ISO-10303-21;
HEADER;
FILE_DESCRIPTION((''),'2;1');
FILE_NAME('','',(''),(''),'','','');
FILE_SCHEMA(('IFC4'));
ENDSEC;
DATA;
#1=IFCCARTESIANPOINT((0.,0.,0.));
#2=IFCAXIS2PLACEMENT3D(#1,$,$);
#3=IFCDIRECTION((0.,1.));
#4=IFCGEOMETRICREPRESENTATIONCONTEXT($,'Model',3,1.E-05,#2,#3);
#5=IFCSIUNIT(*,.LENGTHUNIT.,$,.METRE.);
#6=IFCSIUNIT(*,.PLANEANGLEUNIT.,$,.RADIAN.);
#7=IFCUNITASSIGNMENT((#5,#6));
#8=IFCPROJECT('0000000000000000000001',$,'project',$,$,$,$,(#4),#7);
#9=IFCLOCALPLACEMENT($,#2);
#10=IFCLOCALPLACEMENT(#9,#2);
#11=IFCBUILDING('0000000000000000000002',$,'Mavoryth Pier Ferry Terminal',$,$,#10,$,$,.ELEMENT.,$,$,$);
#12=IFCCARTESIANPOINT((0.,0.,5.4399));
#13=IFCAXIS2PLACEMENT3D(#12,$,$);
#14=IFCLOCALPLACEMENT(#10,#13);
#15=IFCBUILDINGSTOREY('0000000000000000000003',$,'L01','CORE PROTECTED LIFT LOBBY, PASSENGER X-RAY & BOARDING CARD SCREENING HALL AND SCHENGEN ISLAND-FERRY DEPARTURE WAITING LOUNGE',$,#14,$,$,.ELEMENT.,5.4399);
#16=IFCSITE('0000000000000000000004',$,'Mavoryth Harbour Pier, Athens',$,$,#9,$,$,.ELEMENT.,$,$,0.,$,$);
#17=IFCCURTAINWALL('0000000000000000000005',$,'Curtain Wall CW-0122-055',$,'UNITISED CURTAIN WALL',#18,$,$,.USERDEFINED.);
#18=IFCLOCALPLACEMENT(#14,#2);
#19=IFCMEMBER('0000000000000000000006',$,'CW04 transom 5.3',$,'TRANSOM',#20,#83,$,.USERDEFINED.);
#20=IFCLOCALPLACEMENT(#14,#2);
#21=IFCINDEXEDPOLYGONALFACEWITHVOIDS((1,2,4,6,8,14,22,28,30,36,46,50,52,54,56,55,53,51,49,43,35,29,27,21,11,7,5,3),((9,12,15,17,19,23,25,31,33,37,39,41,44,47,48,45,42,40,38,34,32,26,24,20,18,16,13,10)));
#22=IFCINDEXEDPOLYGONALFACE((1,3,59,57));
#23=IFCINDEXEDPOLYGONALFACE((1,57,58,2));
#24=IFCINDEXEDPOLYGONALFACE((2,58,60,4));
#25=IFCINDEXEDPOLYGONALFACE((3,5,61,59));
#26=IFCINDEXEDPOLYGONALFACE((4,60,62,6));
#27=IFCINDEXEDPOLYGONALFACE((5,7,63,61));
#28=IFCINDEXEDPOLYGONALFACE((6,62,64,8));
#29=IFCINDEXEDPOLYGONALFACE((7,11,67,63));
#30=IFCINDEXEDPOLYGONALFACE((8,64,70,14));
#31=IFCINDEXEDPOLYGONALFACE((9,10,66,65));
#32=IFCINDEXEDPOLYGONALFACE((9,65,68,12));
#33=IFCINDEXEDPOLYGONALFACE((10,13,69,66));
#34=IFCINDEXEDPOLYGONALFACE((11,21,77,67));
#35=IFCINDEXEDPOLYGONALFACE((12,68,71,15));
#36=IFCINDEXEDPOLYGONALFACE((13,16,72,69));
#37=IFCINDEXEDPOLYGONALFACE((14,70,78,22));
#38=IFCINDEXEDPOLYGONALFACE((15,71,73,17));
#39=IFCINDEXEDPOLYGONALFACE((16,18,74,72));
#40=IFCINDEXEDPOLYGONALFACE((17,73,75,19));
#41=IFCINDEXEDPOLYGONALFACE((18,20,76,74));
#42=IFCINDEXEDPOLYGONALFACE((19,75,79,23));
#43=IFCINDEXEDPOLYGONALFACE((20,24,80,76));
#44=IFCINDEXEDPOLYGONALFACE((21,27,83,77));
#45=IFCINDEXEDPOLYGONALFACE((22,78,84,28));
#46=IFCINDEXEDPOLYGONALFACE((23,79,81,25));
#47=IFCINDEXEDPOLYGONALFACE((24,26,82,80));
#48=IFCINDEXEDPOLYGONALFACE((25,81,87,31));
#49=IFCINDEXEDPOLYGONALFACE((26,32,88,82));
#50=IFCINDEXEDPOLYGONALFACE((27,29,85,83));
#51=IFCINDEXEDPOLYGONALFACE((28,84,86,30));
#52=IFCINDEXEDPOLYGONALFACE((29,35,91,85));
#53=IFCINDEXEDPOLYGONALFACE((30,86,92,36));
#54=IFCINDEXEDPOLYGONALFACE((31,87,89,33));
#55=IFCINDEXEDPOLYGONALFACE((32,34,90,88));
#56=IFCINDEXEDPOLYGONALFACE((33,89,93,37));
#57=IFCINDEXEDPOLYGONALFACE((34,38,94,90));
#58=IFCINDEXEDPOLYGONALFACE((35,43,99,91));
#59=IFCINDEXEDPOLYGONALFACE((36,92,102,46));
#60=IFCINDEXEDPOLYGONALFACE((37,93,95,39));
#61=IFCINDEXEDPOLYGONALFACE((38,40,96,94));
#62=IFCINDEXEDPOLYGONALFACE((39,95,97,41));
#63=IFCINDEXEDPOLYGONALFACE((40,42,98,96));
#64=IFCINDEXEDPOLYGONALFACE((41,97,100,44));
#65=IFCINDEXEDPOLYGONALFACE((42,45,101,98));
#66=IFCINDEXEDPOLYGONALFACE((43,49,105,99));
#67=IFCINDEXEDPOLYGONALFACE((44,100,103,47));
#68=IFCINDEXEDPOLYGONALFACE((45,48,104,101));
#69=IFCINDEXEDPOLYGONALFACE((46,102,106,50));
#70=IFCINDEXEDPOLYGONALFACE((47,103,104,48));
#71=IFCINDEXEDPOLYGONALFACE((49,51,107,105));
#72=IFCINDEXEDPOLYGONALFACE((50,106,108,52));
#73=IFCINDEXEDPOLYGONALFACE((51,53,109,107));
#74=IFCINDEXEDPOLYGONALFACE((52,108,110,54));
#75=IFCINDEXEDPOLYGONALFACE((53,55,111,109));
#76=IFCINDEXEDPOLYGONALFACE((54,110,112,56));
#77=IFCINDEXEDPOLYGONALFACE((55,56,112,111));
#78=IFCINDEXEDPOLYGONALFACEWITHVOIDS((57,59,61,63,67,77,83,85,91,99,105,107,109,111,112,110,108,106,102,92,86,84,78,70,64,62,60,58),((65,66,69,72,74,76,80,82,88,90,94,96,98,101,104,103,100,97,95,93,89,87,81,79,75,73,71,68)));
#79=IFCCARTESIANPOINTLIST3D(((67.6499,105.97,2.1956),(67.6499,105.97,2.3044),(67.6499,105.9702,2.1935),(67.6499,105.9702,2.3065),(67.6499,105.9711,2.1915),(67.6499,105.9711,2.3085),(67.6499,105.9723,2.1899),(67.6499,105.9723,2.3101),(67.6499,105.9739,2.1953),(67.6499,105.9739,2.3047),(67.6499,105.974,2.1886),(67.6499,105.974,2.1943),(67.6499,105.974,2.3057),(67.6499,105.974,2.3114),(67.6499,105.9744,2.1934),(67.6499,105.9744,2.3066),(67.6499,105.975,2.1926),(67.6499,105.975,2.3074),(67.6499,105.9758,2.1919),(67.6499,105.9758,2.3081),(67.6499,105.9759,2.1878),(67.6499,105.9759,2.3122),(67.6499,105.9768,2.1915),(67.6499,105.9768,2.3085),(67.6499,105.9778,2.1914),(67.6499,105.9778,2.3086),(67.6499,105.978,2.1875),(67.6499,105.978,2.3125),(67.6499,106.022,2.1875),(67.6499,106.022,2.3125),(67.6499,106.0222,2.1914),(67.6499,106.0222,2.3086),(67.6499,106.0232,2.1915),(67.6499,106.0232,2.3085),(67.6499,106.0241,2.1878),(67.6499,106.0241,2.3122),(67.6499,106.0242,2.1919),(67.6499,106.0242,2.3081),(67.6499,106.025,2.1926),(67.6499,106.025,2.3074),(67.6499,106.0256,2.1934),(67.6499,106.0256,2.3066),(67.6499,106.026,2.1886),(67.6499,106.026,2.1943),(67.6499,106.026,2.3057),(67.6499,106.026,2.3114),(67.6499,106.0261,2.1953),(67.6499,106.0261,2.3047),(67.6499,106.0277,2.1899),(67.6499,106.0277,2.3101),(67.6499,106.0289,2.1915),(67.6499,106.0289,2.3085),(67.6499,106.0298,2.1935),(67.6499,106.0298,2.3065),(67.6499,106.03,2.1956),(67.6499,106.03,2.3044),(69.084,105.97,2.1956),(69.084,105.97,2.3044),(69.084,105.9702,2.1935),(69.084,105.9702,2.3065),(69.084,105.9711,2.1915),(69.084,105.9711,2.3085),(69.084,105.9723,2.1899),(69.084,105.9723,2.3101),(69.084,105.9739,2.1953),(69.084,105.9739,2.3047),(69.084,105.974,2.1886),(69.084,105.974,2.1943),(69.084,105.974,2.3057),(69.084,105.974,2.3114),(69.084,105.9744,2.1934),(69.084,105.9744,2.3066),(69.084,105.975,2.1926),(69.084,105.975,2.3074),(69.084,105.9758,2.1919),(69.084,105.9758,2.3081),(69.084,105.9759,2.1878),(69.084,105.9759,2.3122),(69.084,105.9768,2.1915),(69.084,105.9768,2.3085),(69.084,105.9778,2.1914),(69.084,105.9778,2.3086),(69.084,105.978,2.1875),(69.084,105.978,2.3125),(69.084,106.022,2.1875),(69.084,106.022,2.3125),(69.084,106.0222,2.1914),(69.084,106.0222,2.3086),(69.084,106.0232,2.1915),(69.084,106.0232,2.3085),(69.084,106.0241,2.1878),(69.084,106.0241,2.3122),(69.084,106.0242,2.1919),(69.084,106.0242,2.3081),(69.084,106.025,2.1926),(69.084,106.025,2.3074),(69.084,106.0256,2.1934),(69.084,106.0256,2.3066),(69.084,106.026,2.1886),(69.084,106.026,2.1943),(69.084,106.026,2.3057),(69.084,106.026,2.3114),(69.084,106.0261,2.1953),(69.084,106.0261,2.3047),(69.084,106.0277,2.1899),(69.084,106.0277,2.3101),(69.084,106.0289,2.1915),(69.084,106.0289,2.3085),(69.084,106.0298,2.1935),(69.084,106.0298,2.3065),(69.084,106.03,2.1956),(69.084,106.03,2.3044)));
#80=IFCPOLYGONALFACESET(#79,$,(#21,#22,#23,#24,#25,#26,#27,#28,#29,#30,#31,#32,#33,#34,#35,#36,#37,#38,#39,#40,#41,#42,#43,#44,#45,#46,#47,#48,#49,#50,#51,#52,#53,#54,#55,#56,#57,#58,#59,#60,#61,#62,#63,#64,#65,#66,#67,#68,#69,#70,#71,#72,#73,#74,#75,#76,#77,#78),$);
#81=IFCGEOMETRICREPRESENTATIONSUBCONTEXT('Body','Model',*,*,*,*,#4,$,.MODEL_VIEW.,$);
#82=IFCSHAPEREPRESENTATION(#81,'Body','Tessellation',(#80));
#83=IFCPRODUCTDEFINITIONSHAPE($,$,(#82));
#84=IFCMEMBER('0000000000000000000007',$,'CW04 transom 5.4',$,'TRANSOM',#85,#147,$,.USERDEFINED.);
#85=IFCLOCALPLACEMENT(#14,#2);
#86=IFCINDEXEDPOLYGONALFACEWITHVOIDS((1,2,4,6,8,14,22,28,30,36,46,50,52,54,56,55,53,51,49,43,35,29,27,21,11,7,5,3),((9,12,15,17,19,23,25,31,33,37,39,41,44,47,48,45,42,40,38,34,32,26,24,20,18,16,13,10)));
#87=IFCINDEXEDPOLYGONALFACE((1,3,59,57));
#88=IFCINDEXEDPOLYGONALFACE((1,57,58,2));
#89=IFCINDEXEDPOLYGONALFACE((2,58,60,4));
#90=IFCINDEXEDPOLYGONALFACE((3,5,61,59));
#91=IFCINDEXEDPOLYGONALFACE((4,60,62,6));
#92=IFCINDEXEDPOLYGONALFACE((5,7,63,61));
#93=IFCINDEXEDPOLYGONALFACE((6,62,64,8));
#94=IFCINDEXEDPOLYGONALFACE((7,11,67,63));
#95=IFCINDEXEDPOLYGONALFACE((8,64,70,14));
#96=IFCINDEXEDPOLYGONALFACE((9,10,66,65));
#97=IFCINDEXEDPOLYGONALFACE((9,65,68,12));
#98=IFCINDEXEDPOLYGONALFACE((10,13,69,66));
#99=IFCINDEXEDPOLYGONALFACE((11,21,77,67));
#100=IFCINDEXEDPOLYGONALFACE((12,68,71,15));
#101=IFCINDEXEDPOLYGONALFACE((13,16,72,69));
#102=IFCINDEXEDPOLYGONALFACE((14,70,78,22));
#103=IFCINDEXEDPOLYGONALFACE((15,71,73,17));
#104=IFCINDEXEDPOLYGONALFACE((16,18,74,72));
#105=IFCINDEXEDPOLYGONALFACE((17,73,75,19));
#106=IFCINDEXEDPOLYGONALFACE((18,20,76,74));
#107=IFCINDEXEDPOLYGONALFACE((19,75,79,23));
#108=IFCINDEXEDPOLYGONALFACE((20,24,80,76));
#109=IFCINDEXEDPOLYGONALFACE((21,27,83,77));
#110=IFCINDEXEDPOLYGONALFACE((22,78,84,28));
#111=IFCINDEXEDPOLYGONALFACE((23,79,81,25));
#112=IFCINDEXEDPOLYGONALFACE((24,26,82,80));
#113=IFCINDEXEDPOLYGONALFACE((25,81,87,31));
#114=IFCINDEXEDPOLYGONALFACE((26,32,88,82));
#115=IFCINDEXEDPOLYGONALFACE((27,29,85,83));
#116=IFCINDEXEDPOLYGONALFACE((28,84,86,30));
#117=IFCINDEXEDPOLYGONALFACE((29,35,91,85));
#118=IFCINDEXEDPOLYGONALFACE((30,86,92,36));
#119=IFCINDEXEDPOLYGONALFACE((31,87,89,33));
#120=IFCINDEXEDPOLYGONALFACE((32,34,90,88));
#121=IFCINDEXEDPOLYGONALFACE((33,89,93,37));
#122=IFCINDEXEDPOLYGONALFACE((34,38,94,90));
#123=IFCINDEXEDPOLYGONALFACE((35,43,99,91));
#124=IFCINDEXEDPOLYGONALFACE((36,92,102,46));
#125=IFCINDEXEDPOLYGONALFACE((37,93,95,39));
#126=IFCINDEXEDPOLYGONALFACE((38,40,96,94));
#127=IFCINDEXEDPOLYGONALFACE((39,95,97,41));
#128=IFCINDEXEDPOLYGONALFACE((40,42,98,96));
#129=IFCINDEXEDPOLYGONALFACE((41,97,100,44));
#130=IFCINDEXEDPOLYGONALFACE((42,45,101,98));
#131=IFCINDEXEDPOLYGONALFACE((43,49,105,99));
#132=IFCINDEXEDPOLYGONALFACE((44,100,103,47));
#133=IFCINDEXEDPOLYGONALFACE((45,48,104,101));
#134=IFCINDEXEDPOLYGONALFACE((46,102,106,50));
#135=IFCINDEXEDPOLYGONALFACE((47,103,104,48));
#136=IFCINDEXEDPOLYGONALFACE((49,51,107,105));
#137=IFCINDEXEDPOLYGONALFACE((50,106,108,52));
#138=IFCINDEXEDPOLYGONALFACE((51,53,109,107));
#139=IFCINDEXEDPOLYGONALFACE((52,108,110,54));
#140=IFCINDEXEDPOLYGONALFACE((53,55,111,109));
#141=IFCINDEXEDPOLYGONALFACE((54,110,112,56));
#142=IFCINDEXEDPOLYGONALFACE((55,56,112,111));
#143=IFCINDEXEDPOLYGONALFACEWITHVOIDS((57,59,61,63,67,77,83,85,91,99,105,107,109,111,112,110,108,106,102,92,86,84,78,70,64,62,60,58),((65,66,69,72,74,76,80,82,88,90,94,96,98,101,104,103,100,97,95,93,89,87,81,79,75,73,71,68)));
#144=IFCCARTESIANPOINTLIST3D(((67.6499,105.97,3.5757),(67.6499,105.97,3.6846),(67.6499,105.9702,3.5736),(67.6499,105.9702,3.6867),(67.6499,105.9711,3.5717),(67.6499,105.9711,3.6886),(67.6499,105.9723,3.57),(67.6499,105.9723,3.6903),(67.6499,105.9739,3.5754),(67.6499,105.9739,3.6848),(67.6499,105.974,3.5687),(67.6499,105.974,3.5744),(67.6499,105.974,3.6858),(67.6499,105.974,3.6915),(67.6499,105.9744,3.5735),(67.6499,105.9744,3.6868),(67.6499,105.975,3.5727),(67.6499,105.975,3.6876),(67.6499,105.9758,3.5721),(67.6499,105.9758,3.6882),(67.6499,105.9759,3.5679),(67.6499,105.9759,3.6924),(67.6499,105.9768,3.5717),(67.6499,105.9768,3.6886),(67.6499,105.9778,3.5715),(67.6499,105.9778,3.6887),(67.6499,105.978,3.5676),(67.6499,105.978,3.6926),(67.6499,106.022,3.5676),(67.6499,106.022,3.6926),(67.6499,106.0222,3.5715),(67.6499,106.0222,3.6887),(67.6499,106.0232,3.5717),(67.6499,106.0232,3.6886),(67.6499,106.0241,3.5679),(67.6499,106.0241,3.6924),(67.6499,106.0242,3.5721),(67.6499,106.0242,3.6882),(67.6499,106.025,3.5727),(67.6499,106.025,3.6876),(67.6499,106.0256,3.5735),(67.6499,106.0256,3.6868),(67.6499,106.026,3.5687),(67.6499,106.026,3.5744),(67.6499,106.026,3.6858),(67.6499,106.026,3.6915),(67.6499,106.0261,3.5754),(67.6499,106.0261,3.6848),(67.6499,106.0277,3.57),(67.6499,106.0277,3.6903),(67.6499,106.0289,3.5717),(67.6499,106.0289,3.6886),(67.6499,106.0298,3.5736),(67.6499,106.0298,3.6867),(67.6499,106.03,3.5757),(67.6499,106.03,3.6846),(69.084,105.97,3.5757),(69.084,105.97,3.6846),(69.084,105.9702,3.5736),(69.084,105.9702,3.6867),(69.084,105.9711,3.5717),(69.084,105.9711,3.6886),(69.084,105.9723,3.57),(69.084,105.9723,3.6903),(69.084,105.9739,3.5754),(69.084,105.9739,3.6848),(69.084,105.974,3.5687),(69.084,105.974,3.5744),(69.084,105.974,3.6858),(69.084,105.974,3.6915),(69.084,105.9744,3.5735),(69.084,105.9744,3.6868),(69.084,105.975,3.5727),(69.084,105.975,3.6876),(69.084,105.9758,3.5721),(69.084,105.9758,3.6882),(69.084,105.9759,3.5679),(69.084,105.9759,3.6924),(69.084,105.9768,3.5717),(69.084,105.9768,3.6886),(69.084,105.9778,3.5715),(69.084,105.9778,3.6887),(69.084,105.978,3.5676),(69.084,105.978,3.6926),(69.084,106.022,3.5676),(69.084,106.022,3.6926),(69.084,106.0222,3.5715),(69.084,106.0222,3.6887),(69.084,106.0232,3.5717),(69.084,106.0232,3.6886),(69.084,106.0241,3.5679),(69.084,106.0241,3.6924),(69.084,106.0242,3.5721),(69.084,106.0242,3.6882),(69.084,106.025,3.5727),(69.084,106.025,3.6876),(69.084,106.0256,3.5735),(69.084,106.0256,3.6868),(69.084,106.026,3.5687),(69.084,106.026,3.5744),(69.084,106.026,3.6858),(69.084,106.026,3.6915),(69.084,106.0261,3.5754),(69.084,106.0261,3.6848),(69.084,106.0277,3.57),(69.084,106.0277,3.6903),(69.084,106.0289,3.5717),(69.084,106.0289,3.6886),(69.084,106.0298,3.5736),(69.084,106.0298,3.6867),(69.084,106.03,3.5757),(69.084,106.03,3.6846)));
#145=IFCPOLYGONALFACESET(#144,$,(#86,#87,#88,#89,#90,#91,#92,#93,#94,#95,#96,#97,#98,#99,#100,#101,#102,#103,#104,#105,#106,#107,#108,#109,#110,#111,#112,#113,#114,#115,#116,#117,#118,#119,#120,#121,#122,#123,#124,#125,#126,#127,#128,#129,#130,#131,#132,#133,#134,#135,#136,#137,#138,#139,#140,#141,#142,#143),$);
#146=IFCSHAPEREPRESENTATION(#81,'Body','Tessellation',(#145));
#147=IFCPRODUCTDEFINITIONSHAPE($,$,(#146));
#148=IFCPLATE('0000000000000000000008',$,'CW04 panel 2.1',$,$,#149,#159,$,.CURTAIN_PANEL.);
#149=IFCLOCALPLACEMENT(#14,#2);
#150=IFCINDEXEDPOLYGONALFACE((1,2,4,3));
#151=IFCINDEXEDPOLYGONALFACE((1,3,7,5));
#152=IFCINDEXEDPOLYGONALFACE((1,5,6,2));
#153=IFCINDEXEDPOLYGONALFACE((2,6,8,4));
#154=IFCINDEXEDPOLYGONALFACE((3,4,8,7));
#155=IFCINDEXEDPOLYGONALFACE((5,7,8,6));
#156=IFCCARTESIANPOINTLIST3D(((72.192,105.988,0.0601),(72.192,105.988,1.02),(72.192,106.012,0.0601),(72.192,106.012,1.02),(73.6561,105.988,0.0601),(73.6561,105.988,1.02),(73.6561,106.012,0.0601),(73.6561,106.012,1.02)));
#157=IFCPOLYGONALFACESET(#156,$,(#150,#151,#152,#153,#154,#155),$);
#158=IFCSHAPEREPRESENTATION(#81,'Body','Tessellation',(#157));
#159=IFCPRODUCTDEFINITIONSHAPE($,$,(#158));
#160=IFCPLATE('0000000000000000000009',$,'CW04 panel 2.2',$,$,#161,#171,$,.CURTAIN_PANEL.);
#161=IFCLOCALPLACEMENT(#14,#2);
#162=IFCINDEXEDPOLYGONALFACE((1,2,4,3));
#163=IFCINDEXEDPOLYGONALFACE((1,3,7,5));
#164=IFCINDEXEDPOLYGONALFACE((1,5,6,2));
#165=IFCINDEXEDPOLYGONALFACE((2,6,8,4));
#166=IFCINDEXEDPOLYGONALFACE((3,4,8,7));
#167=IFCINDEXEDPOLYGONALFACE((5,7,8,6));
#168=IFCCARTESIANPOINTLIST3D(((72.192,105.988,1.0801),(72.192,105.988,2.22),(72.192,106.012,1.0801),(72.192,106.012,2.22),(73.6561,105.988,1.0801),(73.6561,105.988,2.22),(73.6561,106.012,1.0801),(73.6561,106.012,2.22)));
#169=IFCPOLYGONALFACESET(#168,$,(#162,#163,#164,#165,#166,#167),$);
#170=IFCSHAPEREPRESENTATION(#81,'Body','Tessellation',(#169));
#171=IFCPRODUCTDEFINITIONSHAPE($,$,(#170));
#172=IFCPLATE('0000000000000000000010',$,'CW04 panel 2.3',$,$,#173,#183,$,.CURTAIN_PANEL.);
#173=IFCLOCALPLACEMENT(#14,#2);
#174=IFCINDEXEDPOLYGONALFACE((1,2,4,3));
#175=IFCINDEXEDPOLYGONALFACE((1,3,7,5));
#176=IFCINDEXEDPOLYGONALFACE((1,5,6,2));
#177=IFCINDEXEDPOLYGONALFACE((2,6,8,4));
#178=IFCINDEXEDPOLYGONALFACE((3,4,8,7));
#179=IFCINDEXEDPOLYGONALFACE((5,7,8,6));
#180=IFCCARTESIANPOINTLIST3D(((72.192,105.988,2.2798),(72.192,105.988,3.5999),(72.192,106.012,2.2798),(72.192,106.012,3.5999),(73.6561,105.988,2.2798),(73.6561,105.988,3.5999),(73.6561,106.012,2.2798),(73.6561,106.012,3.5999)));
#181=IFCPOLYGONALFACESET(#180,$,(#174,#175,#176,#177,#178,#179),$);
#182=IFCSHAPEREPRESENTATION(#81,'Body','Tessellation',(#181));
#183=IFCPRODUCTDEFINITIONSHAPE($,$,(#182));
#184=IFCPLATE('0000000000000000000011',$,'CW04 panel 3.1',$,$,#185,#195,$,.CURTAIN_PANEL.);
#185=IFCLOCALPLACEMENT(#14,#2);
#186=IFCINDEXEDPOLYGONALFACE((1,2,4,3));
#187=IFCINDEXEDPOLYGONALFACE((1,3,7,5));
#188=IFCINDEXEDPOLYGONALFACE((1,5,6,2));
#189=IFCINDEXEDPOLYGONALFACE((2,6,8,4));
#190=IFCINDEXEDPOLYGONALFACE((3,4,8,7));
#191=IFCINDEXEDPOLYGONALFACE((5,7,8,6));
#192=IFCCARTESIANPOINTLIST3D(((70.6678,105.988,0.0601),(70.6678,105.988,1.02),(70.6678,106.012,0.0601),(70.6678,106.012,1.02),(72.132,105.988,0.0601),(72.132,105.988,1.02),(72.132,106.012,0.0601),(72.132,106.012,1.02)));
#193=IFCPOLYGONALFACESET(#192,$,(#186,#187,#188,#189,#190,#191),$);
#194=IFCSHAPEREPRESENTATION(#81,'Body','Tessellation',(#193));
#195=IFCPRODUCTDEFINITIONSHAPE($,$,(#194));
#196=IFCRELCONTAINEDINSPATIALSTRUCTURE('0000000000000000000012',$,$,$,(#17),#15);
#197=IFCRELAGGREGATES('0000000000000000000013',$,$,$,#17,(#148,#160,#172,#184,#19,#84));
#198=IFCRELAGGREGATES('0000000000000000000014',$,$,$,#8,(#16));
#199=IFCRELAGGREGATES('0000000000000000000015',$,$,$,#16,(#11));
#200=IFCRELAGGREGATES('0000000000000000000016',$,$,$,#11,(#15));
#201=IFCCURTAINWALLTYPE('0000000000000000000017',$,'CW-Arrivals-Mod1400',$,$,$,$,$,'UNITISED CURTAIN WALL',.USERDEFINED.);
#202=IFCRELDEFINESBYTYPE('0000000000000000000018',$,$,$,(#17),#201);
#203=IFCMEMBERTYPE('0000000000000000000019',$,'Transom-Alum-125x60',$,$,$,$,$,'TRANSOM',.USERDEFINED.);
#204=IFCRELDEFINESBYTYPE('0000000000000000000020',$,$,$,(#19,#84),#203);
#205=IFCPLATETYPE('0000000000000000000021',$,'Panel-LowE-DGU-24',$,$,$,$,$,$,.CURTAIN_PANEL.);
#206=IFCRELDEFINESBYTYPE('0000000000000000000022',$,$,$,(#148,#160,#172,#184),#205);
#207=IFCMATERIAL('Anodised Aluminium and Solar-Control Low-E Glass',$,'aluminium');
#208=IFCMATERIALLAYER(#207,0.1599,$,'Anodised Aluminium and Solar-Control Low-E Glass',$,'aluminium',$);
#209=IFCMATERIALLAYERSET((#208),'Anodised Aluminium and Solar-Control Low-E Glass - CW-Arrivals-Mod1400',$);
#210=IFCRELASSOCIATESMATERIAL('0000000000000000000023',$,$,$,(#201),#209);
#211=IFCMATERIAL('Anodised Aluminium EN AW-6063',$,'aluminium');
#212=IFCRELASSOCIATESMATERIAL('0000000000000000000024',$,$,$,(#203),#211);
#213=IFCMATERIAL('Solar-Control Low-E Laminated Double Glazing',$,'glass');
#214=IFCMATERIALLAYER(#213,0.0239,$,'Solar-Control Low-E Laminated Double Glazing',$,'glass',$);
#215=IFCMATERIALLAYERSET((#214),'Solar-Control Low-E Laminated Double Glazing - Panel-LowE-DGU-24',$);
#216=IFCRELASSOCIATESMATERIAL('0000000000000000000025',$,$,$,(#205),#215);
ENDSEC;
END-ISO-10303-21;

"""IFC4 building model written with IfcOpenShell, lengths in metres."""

from ifc_helpers import new_model, si_unit, direction, frame, origin, origin_2d, place, context, subcontext, project, spatial, rectangle, hollow_rectangle, extrude, material, layer, layer_set, material_profile, profile_set, type_object, element, aggregate, save


model = new_model("IFC4")

# Units and contexts
model_context = context("Model", 3, precision=1e-05, world=origin(), true_north=direction((0.0, 1.0)))
body_context = subcontext(model_context, "Body", "Model", "MODEL_VIEW")
ifc_project = project(units=[si_unit("LENGTHUNIT", "METRE"), si_unit("PLANEANGLEUNIT", "RADIAN")], contexts=[model_context])

# Site, building, storey
site_placement = place(None, origin())
site = spatial("IfcSite", under=ifc_project, at=site_placement, Name="Mavoryth Harbour Pier, Athens", CompositionType="ELEMENT", RefElevation=0.0)
building_placement = place(site_placement, origin())
building = spatial("IfcBuilding", under=site, at=building_placement, Name="Mavoryth Pier Ferry Terminal", CompositionType="ELEMENT")
storey_placement = place(building_placement, frame((0.0, 0.0, 5.4399)))
storey = spatial("IfcBuildingStorey", under=building, at=storey_placement, Name="L01", Description="CORE PROTECTED LIFT LOBBY, PASSENGER X-RAY & BOARDING CARD SCREENING HALL AND SCHENGEN ISLAND-FERRY DEPARTURE WAITING LOUNGE", CompositionType="ELEMENT", Elevation=5.4399)

# Curtain wall
ifc_material_1 = material(Name="Anodised Aluminium and Solar-Control Low-E Glass", Category="aluminium")
ifc_layer_1 = layer(ifc_material_1, 0.1599, Name="Anodised Aluminium and Solar-Control Low-E Glass", Category="aluminium")
ifc_layer_set_1 = layer_set([ifc_layer_1], Name="Anodised Aluminium and Solar-Control Low-E Glass - CW-Arrivals-Mod1400")
curtain_wall_type = type_object("IfcCurtainWallType", Name="CW-Arrivals-Mod1400", ElementType="UNITISED CURTAIN WALL", PredefinedType="USERDEFINED", material=ifc_layer_set_1)
curtain_wall_placement = place(storey_placement, origin())
curtain_wall = element("IfcCurtainWall", 1, at=curtain_wall_placement, inside=storey, type_object=curtain_wall_type, Name="Curtain Wall CW-0122-055", ObjectType="UNITISED CURTAIN WALL", PredefinedType="USERDEFINED")
ifc_material_2 = material(Name="Anodised Aluminium EN AW-6063", Category="aluminium")

# Members
ifc_material_profile_1 = material_profile(ifc_material_2, hollow_rectangle(XDim=0.0601, YDim=0.125, WallThickness=0.0039, InnerFilletRadius=0.0039, OuterFilletRadius=0.0081, at=origin_2d()), Name="AL-TRAN 125x60x4", Category="aluminium")
ifc_profile_set_1 = profile_set([ifc_material_profile_1], Name="Anodised Aluminium EN AW-6063 - AL-TRAN 125x60x4")
member_type_1 = type_object("IfcMemberType", Name="Transom-Alum-125x60", ElementType="TRANSOM", PredefinedType="USERDEFINED", material=ifc_profile_set_1)
member_1_placement = place(storey_placement, frame((69.084, 106.0, 2.25), z_axis=(-1.0, 0.0, 0.0), x_axis=(0.0, -1.0, 0.0)))
member_1 = element("IfcMember", 2, at=member_1_placement, type_object=member_type_1, Name="CW04 transom 5.3", ObjectType="TRANSOM", PredefinedType="USERDEFINED", context=body_context, shape_type="SweptSolid", body=[
    extrude(hollow_rectangle(XDim=0.0601, YDim=0.125, WallThickness=0.0039, InnerFilletRadius=0.0039, OuterFilletRadius=0.0081, at=origin_2d()), origin(), (0.0, 0.0, 1.0), 1.4341),
])
member_2_placement = place(storey_placement, frame((69.084, 106.0, 3.6301), z_axis=(-1.0, 0.0, 0.0), x_axis=(0.0, -1.0, 0.0)))
member_2 = element("IfcMember", 3, at=member_2_placement, type_object=member_type_1, Name="CW04 transom 5.4", ObjectType="TRANSOM", PredefinedType="USERDEFINED", context=body_context, shape_type="SweptSolid", body=[
    extrude(hollow_rectangle(XDim=0.0601, YDim=0.125, WallThickness=0.0039, InnerFilletRadius=0.0039, OuterFilletRadius=0.0081, at=origin_2d()), origin(), (0.0, 0.0, 1.0), 1.4341),
])

# Plates
ifc_material_3 = material(Name="Solar-Control Low-E Laminated Double Glazing", Category="glass")
ifc_layer_2 = layer(ifc_material_3, 0.0239, Name="Solar-Control Low-E Laminated Double Glazing", Category="glass")
ifc_layer_set_2 = layer_set([ifc_layer_2], Name="Solar-Control Low-E Laminated Double Glazing - Panel-LowE-DGU-24")
plate_type = type_object("IfcPlateType", Name="Panel-LowE-DGU-24", PredefinedType="CURTAIN_PANEL", material=ifc_layer_set_2)
plate_1_placement = place(storey_placement, frame((72.9241, 106.0, 0.0601), z_axis=(0.0, 0.0, 1.0), x_axis=(-1.0, 0.0, 0.0)))
plate_1 = element("IfcPlate", 4, at=plate_1_placement, type_object=plate_type, Name="CW04 panel 2.1", PredefinedType="CURTAIN_PANEL", context=body_context, shape_type="SweptSolid", body=[
    extrude(rectangle(XDim=1.4641, YDim=0.0239, at=origin_2d()), origin(), (0.0, 0.0, 1.0), 0.96),
])
plate_2_placement = place(storey_placement, frame((72.9241, 106.0, 1.0801), z_axis=(0.0, 0.0, 1.0), x_axis=(-1.0, 0.0, 0.0)))
plate_2 = element("IfcPlate", 5, at=plate_2_placement, type_object=plate_type, Name="CW04 panel 2.2", PredefinedType="CURTAIN_PANEL", context=body_context, shape_type="SweptSolid", body=[
    extrude(rectangle(XDim=1.4641, YDim=0.0239, at=origin_2d()), origin(), (0.0, 0.0, 1.0), 1.1399),
])
plate_3_placement = place(storey_placement, frame((72.9241, 106.0, 2.2798), z_axis=(0.0, 0.0, 1.0), x_axis=(-1.0, 0.0, 0.0)))
plate_3 = element("IfcPlate", 6, at=plate_3_placement, type_object=plate_type, Name="CW04 panel 2.3", PredefinedType="CURTAIN_PANEL", context=body_context, shape_type="SweptSolid", body=[
    extrude(rectangle(XDim=1.4641, YDim=0.0239, at=origin_2d()), origin(), (0.0, 0.0, 1.0), 1.3201),
])
plate_4_placement = place(storey_placement, frame((71.3999, 106.0, 0.0601), z_axis=(0.0, 0.0, 1.0), x_axis=(-1.0, 0.0, 0.0)))
plate_4 = element("IfcPlate", 7, at=plate_4_placement, type_object=plate_type, Name="CW04 panel 3.1", PredefinedType="CURTAIN_PANEL", context=body_context, shape_type="SweptSolid", body=[
    extrude(rectangle(XDim=1.4641, YDim=0.0239, at=origin_2d()), origin(), (0.0, 0.0, 1.0), 0.96),
])
aggregate(curtain_wall, [plate_1, plate_2, plate_3, plate_4, member_1, member_2])

save(model, "model.ifc")
